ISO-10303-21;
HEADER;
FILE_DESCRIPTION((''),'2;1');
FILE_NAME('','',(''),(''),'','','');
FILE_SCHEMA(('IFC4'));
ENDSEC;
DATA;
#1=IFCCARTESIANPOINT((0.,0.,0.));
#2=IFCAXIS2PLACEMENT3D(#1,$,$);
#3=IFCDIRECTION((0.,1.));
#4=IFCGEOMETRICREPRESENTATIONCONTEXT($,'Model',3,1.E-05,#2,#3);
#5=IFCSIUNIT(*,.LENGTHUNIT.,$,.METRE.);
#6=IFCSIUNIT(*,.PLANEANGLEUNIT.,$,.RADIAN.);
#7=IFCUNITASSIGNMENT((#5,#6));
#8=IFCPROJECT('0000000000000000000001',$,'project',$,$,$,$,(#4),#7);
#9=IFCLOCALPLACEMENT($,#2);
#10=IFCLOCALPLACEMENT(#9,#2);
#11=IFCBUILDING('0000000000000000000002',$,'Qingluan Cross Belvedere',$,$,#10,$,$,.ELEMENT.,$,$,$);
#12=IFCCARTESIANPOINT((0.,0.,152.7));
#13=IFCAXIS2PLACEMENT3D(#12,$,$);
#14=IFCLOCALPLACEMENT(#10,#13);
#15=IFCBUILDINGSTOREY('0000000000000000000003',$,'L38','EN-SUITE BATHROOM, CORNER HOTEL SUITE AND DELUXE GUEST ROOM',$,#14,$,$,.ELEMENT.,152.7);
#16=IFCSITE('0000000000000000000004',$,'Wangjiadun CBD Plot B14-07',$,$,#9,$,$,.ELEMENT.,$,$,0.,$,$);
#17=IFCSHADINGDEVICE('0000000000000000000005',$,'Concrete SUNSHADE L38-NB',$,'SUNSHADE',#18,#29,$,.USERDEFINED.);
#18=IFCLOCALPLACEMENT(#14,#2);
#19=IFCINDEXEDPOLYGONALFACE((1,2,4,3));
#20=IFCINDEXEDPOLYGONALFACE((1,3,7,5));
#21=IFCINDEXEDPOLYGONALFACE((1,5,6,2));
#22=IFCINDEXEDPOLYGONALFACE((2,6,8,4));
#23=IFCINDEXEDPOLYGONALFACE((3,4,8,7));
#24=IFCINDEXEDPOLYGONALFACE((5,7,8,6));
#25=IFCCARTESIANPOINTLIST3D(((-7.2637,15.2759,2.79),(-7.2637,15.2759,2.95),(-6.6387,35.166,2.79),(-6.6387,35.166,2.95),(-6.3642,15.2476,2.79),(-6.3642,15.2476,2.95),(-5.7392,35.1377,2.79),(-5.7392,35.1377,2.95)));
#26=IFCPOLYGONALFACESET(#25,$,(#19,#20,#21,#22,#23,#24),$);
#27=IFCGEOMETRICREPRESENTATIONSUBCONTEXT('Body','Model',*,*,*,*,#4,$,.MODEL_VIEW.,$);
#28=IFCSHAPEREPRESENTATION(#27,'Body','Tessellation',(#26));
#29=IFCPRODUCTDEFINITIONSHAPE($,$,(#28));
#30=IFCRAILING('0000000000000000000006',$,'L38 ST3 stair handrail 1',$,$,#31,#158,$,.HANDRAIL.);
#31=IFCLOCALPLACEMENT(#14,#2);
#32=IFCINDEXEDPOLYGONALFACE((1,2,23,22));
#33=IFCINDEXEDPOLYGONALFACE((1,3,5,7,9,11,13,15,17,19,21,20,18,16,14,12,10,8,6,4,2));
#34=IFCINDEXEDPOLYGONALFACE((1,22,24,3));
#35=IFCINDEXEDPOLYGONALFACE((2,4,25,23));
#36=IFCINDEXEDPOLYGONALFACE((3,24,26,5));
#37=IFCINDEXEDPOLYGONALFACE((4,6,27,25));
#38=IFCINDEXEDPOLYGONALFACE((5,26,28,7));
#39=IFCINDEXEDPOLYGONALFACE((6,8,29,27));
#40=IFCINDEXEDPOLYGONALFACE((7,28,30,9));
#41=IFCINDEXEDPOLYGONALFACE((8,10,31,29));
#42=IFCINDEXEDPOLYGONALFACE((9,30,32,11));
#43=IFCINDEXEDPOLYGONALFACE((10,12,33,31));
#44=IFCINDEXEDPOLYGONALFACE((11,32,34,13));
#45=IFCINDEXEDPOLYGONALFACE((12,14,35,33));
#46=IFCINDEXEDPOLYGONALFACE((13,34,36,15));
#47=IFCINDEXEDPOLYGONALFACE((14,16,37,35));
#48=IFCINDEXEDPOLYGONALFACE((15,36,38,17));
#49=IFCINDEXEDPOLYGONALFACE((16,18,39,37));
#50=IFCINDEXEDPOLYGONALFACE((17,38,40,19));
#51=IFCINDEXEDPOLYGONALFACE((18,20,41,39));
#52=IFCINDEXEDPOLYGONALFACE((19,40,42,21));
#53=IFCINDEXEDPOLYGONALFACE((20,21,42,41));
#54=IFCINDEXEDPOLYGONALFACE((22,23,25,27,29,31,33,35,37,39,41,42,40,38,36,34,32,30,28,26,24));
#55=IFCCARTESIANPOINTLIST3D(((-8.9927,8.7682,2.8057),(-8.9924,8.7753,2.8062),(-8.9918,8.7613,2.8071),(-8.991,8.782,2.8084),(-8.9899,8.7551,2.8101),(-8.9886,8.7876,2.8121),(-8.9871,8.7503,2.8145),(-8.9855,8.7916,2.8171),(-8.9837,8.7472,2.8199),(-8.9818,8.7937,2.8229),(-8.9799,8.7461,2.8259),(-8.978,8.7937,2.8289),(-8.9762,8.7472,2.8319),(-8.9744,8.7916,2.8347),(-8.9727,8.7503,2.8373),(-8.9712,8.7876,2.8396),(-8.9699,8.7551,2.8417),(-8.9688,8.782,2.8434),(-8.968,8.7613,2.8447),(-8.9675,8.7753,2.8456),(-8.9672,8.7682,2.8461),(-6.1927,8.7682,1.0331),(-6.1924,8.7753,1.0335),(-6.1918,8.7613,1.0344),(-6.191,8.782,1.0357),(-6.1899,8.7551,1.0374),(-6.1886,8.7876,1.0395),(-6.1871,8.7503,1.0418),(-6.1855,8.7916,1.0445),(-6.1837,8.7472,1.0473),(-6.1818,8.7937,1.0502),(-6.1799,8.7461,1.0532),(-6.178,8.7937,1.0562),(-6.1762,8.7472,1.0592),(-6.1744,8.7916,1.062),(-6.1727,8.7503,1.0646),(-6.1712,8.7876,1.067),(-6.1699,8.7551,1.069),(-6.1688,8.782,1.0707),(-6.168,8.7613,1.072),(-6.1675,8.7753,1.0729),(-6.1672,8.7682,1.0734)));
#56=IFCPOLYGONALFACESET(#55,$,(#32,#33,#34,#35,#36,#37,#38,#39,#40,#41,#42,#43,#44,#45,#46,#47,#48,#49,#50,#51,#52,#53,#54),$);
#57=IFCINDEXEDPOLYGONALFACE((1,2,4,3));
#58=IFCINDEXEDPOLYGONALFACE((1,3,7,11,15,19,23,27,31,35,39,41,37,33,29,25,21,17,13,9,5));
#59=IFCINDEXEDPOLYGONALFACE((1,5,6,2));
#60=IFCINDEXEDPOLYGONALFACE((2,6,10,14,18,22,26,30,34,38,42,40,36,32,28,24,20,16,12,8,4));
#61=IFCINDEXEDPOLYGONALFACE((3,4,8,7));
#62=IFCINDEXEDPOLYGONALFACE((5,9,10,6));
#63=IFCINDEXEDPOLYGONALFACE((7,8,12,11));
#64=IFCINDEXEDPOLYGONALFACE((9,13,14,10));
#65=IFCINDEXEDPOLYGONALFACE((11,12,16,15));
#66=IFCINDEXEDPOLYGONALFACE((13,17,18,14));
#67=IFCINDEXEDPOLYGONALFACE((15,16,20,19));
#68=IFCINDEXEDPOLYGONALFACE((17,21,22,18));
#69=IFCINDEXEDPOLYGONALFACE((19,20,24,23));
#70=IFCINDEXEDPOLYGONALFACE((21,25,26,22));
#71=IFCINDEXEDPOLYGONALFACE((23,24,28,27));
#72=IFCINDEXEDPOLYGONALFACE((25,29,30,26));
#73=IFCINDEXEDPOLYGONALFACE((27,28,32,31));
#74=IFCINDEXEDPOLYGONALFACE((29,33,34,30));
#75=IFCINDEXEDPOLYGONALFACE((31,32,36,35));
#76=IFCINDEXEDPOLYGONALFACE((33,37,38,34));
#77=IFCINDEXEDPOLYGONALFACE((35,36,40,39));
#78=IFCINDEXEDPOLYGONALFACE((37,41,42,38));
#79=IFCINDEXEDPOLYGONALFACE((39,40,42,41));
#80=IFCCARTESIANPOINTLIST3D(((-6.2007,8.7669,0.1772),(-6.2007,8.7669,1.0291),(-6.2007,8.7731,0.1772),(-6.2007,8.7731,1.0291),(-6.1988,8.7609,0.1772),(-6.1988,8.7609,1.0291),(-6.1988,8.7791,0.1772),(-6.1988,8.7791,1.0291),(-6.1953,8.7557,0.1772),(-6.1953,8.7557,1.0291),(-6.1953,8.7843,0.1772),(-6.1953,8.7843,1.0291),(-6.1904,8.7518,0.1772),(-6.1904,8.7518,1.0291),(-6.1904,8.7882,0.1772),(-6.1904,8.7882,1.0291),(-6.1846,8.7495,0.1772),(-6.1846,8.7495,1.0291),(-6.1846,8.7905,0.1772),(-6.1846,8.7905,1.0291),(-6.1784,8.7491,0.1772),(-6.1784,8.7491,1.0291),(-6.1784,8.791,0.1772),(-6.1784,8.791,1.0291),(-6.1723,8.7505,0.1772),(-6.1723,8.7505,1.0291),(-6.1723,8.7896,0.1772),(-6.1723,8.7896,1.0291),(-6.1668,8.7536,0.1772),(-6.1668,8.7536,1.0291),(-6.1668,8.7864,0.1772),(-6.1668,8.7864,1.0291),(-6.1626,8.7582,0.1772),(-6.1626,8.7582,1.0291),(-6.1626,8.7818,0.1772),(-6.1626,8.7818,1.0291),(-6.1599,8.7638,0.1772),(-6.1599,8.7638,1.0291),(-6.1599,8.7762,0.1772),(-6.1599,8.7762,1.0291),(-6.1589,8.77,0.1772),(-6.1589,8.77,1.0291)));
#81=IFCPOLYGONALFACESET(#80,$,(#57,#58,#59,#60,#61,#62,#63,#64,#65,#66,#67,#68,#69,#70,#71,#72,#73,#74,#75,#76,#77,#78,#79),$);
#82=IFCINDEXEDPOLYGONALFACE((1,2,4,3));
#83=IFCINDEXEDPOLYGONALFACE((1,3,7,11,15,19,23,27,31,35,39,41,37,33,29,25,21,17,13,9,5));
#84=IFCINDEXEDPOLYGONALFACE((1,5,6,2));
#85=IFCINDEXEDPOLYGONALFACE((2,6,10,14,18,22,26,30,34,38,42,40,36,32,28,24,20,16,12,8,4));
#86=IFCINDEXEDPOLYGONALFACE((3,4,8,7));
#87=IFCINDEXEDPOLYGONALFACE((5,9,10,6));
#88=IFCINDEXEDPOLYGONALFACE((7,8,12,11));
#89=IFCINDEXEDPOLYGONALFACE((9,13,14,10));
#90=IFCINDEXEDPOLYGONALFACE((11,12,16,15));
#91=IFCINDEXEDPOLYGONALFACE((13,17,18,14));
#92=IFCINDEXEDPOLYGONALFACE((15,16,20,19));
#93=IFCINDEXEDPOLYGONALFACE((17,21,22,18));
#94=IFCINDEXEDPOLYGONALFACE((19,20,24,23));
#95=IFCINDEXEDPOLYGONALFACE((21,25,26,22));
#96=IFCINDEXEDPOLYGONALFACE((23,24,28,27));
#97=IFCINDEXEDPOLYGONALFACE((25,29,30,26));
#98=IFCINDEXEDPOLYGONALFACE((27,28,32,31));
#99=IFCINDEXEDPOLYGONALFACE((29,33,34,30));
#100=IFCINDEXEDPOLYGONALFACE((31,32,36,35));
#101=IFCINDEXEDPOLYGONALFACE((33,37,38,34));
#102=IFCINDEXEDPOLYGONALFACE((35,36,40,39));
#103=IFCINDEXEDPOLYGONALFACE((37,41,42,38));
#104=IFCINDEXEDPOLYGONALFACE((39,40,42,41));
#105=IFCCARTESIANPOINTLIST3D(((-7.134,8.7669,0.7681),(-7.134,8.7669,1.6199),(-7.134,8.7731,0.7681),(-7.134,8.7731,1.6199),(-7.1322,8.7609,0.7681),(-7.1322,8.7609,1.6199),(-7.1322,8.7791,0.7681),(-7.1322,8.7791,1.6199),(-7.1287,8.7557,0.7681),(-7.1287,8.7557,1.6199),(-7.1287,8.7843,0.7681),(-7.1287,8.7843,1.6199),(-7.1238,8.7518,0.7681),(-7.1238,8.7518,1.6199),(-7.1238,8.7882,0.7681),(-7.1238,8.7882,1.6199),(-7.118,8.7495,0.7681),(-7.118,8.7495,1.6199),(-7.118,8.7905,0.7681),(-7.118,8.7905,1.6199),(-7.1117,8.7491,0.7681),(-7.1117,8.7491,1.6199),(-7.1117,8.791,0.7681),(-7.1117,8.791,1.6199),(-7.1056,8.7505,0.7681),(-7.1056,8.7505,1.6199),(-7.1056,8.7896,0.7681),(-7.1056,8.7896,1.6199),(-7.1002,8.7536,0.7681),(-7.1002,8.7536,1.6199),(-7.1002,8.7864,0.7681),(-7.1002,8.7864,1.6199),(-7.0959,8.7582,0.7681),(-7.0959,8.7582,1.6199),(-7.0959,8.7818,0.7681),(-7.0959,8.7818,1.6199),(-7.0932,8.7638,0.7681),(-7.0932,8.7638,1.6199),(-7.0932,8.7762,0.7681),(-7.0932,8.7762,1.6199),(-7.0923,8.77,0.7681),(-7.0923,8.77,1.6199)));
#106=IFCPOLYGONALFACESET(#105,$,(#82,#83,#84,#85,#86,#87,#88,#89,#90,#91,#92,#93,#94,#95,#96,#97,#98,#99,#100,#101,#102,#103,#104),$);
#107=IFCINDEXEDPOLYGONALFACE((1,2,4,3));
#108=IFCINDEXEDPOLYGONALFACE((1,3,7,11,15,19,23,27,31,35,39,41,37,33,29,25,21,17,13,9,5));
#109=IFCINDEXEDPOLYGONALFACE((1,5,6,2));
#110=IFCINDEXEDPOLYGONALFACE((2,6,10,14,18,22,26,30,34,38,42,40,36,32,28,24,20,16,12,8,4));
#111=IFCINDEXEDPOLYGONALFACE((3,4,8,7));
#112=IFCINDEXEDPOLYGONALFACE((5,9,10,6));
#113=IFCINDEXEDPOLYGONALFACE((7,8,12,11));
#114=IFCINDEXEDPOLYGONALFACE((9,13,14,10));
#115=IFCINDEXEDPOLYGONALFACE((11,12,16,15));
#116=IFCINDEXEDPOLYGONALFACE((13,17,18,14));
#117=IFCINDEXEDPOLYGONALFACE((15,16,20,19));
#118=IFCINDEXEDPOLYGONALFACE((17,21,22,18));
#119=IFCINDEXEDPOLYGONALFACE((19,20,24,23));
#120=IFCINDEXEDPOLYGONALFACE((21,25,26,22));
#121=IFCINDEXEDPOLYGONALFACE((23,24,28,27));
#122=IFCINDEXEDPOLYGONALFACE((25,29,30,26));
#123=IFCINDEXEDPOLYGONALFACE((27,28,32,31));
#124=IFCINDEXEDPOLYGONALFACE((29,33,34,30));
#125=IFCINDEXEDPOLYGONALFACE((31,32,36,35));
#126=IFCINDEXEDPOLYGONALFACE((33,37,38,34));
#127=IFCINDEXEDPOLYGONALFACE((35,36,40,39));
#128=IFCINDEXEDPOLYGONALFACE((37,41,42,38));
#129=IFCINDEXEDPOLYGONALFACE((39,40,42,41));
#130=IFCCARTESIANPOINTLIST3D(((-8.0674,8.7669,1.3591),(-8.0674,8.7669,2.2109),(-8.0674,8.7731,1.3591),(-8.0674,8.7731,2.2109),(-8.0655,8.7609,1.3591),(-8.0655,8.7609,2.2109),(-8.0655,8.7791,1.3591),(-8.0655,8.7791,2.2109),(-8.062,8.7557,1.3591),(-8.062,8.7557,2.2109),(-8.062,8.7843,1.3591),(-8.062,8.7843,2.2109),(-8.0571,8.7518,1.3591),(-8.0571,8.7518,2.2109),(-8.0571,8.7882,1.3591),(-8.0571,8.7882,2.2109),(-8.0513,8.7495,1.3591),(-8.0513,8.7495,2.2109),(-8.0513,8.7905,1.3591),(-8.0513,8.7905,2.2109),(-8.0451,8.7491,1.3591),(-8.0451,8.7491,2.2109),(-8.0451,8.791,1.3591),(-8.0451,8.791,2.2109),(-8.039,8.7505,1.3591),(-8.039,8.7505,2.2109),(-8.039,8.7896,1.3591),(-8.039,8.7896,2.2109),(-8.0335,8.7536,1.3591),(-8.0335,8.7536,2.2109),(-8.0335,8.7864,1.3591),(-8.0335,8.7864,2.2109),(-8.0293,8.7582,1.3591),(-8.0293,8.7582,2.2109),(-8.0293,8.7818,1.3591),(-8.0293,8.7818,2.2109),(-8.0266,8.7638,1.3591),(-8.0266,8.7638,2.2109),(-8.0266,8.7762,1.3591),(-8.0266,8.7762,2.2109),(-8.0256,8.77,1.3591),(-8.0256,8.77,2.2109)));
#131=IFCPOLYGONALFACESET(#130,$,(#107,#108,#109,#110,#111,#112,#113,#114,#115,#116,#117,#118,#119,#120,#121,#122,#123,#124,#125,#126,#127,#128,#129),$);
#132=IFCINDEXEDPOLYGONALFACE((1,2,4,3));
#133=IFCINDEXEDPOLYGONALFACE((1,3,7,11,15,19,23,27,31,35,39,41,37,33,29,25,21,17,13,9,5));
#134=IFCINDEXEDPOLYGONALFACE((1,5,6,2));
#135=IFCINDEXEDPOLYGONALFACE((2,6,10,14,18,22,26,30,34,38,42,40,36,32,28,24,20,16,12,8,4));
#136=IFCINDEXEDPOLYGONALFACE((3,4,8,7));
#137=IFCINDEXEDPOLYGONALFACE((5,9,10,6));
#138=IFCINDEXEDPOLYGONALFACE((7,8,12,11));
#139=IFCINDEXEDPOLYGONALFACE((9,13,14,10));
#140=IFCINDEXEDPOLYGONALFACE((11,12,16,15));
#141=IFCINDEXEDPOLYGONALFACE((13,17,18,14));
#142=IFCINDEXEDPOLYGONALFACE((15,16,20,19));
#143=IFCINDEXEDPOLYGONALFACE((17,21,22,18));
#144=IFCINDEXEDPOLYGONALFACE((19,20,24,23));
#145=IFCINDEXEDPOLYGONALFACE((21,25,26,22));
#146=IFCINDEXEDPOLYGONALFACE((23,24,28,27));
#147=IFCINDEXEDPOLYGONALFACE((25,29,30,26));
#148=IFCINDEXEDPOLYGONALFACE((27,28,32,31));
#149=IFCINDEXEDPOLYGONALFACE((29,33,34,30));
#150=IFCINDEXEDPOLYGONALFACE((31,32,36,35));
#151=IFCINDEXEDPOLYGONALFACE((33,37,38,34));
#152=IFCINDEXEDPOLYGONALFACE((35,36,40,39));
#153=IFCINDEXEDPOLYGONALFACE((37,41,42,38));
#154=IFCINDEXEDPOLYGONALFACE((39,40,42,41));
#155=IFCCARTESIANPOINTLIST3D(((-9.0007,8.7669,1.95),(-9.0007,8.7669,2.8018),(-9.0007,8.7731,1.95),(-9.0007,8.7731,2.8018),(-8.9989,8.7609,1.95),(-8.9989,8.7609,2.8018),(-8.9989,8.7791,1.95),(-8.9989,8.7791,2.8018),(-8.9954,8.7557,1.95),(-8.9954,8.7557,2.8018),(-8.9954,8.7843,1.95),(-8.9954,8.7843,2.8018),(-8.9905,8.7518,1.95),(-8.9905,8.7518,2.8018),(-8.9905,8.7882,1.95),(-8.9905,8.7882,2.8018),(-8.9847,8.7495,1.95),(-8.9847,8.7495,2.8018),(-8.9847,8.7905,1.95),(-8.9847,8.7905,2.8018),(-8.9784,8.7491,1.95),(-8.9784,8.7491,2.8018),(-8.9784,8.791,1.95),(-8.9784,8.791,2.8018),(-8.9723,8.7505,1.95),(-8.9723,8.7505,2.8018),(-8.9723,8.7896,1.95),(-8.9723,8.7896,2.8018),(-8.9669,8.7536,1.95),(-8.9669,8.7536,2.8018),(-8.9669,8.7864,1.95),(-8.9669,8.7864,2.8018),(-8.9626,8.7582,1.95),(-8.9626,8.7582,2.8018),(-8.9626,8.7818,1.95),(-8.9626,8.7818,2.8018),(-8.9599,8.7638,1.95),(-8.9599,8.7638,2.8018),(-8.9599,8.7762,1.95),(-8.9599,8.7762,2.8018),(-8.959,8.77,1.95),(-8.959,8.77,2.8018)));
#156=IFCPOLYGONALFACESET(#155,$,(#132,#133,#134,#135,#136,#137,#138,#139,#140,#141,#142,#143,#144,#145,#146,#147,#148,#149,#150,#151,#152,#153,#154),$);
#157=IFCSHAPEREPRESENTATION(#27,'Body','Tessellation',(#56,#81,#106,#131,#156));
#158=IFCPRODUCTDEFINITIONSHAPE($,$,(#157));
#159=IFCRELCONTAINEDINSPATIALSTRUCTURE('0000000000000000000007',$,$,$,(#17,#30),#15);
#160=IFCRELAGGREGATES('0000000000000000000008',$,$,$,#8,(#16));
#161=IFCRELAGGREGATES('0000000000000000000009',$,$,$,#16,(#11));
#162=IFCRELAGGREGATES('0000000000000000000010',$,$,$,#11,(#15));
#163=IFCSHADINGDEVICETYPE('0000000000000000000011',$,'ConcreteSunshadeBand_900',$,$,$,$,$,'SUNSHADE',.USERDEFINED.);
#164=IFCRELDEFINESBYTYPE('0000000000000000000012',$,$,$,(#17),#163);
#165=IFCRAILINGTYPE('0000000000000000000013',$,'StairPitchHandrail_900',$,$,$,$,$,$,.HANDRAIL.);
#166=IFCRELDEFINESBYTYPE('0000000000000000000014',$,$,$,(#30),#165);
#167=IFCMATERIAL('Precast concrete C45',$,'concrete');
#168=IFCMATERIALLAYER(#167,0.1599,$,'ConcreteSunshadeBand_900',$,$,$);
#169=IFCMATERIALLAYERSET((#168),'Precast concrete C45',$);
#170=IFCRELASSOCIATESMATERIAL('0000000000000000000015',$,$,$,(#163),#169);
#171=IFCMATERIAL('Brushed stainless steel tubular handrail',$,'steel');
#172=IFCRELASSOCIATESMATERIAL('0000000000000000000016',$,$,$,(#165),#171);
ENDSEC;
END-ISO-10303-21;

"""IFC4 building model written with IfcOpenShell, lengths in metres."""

from ifc_helpers import new_model, si_unit, direction, frame, origin, origin_2d, place, context, subcontext, project, spatial, rectangle, circle, extrude, material, layer, layer_set, type_object, element, save


model = new_model("IFC4")

# Units and contexts
model_context = context("Model", 3, precision=1e-05, world=origin(), true_north=direction((0.0, 1.0)))
body_context = subcontext(model_context, "Body", "Model", "MODEL_VIEW")
ifc_project = project(units=[si_unit("LENGTHUNIT", "METRE"), si_unit("PLANEANGLEUNIT", "RADIAN")], contexts=[model_context])

# Site, building, storey
site_placement = place(None, origin())
site = spatial("IfcSite", under=ifc_project, at=site_placement, Name="Wangjiadun CBD Plot B14-07", CompositionType="ELEMENT", RefElevation=0.0)
building_placement = place(site_placement, origin())
building = spatial("IfcBuilding", under=site, at=building_placement, Name="Qingluan Cross Belvedere", CompositionType="ELEMENT")
storey_placement = place(building_placement, frame((0.0, 0.0, 152.7)))
storey = spatial("IfcBuildingStorey", under=building, at=storey_placement, Name="L38", Description="EN-SUITE BATHROOM, CORNER HOTEL SUITE AND DELUXE GUEST ROOM", CompositionType="ELEMENT", Elevation=152.7)

# Shading device
ifc_material_1 = material(Name="Precast concrete C45", Category="concrete")
ifc_layer_1 = layer(ifc_material_1, 0.1599, Name="ConcreteSunshadeBand_900")
ifc_layer_set_1 = layer_set([ifc_layer_1], Name="Precast concrete C45")
shading_device_type = type_object("IfcShadingDeviceType", Name="ConcreteSunshadeBand_900", ElementType="SUNSHADE", PredefinedType="USERDEFINED", material=ifc_layer_set_1)
shading_device_placement = place(storey_placement, frame((-6.5015, 25.2068, 2.79), z_axis=(0.0, 0.0, 1.0), x_axis=(-0.031408, -0.999507, 0.0)))
element("IfcShadingDevice", 1, at=shading_device_placement, inside=storey, type_object=shading_device_type, Name="Concrete SUNSHADE L38-NB", ObjectType="SUNSHADE", PredefinedType="USERDEFINED", context=body_context, shape_type="SweptSolid", body=[
    extrude(rectangle(XDim=19.8999, YDim=0.8999, at=origin_2d()), origin(), (0.0, 0.0, 1.0), 0.1599),
])

# Railing
ifc_material_2 = material(Name="Brushed stainless steel tubular handrail", Category="steel")
railing_type = type_object("IfcRailingType", Name="StairPitchHandrail_900", PredefinedType="HANDRAIL", material=ifc_material_2)
railing_placement = place(storey_placement, frame((-6.1799, 8.77, 0.1772)))
element("IfcRailing", 2, at=railing_placement, inside=storey, type_object=railing_type, Name="L38 ST3 stair handrail 1", PredefinedType="HANDRAIL", context=body_context, shape_type="SweptSolid", body=[
    extrude(circle(Radius=0.0239, at=origin_2d()), frame((0.0, 0.0, 0.876), z_axis=(-0.844909, 0.0, 0.53491), x_axis=(0.0, -1.0, 0.0)), (0.0, 0.0, 1.0), 3.314),
    extrude(circle(Radius=0.021, at=origin_2d()), origin(), (0.0, 0.0, 1.0), 0.8518),
    extrude(circle(Radius=0.021, at=origin_2d()), frame((-0.9333, 0.0, 0.5908)), (0.0, 0.0, 1.0), 0.8518),
    extrude(circle(Radius=0.021, at=origin_2d()), frame((-1.8667, 0.0, 1.1819)), (0.0, 0.0, 1.0), 0.8518),
    extrude(circle(Radius=0.021, at=origin_2d()), frame((-2.8, 0.0, 1.7727)), (0.0, 0.0, 1.0), 0.8518),
])

save(model, "model.ifc")
